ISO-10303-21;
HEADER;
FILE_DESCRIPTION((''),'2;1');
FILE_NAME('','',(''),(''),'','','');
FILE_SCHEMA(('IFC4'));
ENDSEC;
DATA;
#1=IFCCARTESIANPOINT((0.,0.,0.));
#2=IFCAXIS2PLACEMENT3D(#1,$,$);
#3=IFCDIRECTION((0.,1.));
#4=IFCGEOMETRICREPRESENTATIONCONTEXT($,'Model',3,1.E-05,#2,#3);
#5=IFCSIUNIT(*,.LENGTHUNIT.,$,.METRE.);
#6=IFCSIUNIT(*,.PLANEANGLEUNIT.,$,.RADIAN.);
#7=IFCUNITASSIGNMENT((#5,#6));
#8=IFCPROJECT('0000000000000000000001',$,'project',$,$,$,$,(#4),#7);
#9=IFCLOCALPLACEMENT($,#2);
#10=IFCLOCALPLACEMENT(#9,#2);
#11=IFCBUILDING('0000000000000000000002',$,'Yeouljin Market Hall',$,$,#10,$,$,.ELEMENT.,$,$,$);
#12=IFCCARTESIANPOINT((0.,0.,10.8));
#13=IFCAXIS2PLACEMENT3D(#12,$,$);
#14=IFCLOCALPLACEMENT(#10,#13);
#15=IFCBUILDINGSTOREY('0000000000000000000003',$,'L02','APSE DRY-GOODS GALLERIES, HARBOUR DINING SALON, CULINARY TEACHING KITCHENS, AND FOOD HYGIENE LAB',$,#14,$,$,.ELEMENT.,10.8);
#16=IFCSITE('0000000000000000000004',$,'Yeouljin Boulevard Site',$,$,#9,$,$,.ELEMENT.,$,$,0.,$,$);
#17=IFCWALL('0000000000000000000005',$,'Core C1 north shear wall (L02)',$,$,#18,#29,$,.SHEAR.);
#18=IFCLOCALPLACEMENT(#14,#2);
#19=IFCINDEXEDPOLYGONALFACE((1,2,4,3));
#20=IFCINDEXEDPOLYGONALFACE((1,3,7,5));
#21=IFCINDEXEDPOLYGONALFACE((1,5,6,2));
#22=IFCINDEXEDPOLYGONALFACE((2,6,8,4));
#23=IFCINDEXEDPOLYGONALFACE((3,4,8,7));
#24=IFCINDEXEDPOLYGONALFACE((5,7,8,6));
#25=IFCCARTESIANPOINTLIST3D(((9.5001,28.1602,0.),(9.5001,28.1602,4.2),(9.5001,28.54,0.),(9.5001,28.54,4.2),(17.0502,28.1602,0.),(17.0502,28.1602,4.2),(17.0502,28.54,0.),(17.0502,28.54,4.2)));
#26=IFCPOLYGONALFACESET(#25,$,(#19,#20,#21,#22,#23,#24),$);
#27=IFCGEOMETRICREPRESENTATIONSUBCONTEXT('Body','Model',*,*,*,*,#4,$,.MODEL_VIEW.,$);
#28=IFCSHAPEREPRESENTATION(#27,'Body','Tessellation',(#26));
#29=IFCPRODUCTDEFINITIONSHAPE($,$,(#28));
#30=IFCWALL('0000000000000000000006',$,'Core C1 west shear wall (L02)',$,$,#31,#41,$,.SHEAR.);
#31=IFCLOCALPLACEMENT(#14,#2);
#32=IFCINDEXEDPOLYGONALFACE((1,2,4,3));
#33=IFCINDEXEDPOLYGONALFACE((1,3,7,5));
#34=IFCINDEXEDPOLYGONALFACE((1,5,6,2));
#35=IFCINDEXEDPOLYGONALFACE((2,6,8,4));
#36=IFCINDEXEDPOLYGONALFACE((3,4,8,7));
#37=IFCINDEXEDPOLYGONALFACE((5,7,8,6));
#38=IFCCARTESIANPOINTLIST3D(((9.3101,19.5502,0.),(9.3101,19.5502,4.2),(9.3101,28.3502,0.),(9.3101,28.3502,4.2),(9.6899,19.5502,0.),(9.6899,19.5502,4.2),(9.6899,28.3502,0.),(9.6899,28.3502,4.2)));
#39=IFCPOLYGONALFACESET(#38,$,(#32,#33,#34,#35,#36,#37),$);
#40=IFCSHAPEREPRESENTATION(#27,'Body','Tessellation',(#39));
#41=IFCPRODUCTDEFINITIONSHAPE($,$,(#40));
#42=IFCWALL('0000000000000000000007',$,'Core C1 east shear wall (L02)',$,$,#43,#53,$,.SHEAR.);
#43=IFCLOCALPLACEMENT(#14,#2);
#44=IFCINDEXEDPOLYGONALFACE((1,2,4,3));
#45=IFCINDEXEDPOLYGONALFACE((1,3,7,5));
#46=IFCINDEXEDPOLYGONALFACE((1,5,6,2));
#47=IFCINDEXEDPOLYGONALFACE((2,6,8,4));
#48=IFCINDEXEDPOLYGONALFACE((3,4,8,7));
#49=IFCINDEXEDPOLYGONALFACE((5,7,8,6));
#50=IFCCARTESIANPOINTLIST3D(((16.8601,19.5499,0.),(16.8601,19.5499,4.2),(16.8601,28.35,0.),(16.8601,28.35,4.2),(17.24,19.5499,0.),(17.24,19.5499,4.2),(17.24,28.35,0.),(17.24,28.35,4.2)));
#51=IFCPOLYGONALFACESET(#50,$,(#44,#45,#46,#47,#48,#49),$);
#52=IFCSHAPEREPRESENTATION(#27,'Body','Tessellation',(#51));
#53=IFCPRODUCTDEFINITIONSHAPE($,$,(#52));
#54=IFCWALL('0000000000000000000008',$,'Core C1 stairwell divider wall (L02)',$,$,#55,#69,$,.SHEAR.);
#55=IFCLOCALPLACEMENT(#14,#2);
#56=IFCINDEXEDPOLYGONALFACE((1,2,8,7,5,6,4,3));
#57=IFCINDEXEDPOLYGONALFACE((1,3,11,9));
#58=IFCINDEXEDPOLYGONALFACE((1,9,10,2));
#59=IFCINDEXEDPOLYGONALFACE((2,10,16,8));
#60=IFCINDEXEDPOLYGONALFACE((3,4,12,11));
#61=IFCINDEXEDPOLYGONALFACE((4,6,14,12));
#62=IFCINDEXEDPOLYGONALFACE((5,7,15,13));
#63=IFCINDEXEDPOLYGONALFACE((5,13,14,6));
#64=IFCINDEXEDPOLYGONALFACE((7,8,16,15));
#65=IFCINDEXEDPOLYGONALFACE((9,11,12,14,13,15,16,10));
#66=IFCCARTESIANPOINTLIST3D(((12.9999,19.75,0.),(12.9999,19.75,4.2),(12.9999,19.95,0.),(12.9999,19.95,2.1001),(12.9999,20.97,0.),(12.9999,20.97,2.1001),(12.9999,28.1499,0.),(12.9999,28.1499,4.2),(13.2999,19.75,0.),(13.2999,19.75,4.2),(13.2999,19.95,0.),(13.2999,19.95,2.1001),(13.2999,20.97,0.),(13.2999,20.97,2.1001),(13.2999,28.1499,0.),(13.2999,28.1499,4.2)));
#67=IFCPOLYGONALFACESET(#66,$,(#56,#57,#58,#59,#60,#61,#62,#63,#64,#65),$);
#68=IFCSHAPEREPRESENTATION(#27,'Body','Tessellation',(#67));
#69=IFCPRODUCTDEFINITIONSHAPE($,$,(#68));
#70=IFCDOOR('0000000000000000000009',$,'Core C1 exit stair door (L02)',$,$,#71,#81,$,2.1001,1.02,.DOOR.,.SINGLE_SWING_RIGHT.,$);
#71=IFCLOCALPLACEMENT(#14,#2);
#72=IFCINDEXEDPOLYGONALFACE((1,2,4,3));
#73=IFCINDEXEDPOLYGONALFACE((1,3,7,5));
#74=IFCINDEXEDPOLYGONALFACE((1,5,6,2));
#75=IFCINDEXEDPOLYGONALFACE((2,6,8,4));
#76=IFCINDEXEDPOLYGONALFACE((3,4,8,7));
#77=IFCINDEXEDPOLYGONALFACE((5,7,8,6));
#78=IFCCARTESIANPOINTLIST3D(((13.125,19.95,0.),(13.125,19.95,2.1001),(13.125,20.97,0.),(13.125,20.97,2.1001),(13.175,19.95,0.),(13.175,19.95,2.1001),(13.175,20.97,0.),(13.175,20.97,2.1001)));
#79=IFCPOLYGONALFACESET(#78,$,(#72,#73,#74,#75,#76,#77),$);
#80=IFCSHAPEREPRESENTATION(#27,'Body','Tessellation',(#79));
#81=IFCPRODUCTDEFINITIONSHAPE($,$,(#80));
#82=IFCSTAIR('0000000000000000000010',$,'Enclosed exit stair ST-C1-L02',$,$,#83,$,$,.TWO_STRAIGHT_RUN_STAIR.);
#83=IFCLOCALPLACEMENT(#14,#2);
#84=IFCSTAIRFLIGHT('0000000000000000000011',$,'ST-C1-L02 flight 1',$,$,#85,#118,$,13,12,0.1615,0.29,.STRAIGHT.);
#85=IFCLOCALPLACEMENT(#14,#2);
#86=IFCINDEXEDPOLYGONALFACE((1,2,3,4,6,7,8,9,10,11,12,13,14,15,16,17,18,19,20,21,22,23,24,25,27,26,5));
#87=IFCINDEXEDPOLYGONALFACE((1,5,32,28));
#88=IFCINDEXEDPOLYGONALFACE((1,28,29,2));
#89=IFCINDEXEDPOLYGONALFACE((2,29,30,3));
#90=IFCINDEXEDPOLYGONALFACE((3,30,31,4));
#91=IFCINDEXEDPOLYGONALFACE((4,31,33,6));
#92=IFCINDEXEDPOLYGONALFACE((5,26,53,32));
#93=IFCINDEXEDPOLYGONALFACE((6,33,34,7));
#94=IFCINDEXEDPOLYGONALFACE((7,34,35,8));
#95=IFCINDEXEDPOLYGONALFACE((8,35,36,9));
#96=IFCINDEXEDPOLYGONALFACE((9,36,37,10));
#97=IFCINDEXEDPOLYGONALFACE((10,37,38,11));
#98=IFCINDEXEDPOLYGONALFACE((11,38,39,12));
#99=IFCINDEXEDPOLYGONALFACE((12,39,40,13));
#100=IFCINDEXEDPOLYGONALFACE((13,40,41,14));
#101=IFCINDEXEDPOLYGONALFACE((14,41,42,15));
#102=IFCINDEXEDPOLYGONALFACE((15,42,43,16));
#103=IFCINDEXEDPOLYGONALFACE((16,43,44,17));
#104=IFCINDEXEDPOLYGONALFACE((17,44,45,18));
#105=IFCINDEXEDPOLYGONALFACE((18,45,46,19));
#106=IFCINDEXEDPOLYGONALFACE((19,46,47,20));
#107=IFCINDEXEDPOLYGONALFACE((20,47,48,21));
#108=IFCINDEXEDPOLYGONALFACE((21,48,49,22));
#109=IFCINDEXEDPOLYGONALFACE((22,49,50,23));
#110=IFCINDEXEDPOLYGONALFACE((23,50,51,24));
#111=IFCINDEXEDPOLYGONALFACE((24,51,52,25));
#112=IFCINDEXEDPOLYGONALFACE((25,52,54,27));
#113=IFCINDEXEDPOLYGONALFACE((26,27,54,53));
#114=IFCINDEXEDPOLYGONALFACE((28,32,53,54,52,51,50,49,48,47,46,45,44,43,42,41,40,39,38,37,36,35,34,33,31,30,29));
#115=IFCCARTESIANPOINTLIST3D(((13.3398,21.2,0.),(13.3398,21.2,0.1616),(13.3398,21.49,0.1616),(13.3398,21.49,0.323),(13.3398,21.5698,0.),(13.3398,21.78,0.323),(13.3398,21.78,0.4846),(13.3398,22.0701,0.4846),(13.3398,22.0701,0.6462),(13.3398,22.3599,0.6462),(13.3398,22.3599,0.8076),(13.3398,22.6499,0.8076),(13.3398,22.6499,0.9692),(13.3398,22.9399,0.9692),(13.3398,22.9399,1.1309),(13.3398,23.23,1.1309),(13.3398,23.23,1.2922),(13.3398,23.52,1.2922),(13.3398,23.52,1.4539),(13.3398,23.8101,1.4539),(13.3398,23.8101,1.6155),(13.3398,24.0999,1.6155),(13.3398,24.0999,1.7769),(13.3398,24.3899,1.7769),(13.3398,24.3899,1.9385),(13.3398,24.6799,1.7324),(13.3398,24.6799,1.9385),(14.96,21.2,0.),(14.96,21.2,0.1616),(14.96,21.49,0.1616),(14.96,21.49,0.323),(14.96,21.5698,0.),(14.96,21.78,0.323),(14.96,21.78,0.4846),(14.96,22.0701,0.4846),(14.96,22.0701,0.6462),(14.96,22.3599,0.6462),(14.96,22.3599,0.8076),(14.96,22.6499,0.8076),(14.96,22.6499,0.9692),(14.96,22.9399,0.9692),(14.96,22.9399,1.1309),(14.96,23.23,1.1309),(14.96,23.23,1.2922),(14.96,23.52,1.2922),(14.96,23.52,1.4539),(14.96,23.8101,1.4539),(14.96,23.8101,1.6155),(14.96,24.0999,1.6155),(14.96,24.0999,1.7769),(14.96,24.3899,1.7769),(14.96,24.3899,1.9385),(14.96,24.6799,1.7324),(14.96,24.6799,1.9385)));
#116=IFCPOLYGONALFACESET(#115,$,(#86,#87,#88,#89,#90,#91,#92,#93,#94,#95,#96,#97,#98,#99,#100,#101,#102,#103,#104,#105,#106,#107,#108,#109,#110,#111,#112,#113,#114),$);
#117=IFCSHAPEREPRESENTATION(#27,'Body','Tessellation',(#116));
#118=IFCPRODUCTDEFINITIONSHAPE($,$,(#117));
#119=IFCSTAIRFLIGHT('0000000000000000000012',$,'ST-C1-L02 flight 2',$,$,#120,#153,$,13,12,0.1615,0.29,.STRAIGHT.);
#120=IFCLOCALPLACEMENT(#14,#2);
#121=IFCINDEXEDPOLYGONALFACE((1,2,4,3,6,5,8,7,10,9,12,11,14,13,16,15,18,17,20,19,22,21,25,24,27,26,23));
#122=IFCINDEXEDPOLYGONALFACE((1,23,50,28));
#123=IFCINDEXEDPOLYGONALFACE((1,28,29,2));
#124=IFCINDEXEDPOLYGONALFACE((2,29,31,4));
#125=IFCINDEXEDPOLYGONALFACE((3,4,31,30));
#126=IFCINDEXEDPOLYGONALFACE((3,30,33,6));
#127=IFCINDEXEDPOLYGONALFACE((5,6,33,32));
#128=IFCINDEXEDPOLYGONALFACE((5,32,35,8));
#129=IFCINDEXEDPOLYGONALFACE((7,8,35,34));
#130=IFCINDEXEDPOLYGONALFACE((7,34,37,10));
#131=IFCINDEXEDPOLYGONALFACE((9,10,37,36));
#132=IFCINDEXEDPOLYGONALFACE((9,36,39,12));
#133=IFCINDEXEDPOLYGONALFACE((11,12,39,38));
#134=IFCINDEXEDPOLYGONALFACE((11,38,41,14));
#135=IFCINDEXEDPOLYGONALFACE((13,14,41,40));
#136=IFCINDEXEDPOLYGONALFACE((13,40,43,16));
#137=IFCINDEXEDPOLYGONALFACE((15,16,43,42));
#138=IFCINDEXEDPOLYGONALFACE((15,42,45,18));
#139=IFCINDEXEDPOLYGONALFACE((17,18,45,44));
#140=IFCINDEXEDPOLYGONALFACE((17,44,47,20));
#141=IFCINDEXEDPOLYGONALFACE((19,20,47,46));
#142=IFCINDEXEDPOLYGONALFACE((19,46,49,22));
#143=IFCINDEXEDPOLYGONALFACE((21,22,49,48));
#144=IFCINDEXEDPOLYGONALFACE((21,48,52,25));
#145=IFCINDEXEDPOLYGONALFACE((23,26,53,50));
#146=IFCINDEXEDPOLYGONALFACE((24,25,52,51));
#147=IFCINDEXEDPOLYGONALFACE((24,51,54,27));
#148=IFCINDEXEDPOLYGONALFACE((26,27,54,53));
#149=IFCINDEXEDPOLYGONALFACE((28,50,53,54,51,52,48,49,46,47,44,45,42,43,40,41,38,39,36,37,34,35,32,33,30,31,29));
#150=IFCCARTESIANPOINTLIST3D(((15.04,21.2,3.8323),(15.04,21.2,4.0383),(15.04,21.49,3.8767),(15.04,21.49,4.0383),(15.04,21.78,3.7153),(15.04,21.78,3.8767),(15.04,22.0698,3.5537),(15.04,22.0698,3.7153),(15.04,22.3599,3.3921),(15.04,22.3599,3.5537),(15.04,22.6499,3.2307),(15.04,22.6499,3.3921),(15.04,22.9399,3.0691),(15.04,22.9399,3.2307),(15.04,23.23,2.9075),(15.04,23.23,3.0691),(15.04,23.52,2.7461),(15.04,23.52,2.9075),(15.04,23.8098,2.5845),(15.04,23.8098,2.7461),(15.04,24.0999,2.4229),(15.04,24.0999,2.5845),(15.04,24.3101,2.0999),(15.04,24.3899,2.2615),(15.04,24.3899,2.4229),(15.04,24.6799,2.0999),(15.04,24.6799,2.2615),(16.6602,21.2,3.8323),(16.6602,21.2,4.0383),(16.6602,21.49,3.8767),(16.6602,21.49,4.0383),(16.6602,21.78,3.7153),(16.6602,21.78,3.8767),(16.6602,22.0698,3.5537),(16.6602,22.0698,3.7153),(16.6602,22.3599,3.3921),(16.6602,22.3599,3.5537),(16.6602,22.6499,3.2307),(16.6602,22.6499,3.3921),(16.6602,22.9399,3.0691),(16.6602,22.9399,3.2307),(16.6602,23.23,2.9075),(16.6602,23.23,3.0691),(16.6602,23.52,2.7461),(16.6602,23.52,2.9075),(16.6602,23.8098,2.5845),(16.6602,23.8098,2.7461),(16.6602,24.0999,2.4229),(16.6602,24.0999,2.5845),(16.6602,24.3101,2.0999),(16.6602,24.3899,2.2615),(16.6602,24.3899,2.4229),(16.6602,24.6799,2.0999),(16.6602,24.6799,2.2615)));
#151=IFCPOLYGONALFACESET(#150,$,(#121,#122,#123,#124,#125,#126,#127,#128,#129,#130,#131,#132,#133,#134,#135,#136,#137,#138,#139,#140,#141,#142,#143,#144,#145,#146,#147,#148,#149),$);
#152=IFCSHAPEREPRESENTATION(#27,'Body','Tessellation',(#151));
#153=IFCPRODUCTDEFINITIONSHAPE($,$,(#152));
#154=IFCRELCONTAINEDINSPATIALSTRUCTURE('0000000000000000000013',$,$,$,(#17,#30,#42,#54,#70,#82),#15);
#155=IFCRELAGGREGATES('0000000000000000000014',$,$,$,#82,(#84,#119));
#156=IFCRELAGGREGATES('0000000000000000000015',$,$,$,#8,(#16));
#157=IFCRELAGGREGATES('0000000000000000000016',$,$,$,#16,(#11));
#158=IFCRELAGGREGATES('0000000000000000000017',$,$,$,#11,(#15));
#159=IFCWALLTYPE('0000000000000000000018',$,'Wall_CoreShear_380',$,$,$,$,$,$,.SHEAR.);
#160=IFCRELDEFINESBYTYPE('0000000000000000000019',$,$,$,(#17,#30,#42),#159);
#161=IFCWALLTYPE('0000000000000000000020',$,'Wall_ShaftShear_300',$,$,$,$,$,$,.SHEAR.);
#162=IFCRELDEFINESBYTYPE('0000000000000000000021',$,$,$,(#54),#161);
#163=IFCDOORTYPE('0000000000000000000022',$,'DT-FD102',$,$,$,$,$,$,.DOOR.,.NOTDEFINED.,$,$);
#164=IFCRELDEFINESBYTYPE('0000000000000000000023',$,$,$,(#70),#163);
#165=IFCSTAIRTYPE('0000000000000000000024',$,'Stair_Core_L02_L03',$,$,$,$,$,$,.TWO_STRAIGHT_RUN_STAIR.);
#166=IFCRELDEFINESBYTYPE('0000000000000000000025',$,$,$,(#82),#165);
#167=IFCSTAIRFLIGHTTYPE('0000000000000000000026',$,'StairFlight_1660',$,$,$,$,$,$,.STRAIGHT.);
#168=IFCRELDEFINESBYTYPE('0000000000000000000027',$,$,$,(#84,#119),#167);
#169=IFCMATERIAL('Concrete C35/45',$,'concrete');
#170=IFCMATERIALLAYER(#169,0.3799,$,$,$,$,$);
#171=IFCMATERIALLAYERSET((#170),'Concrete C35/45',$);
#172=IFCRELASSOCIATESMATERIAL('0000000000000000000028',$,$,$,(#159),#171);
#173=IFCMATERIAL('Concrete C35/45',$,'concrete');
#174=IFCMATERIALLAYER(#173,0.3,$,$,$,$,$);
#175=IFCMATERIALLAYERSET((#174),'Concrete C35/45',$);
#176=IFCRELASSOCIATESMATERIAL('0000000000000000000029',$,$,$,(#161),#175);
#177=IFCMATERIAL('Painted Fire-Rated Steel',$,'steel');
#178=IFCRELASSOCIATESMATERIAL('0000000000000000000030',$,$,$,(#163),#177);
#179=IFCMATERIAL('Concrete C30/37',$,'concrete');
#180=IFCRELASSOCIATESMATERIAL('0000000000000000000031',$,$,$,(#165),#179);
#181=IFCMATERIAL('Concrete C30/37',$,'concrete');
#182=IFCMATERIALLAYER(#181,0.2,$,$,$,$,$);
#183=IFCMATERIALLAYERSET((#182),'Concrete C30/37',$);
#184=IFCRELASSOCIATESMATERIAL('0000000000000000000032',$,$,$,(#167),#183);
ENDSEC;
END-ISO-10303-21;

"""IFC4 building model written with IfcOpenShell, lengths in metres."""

from ifc_helpers import new_model, si_unit, direction, frame, frame_2d, origin, place, context, subcontext, project, spatial, polyline, rectangle, outline, extrude, material, layer, layer_set, type_object, element, fill, aggregate, save


model = new_model("IFC4")

# Units and contexts
model_context = context("Model", 3, precision=1e-05, world=origin(), true_north=direction((0.0, 1.0)))
body_context = subcontext(model_context, "Body", "Model", "MODEL_VIEW")
ifc_project = project(units=[si_unit("LENGTHUNIT", "METRE"), si_unit("PLANEANGLEUNIT", "RADIAN")], contexts=[model_context])

# Site, building, storey
site_placement = place(None, origin())
site = spatial("IfcSite", under=ifc_project, at=site_placement, Name="Yeouljin Boulevard Site", CompositionType="ELEMENT", RefElevation=0.0)
building_placement = place(site_placement, origin())
building = spatial("IfcBuilding", under=site, at=building_placement, Name="Yeouljin Market Hall", CompositionType="ELEMENT")
storey_placement = place(building_placement, frame((0.0, 0.0, 10.8)))
storey = spatial("IfcBuildingStorey", under=building, at=storey_placement, Name="L02", Description="APSE DRY-GOODS GALLERIES, HARBOUR DINING SALON, CULINARY TEACHING KITCHENS, AND FOOD HYGIENE LAB", CompositionType="ELEMENT", Elevation=10.8)

# Walls
ifc_material_1 = material(Name="Concrete C35/45", Category="concrete")
ifc_layer_1 = layer(ifc_material_1, 0.3799)
ifc_layer_set_1 = layer_set([ifc_layer_1], Name="Concrete C35/45")
wall_type_1 = type_object("IfcWallType", Name="Wall_CoreShear_380", PredefinedType="SHEAR", material=ifc_layer_set_1)
wall_1_placement = place(storey_placement, frame((17.05, 28.3501, 0.0), z_axis=(0.0, 0.0, 1.0), x_axis=(-1.0, 0.0, 0.0)))
element("IfcWall", 1, at=wall_1_placement, inside=storey, type_object=wall_type_1, Name="Core C1 north shear wall (L02)", PredefinedType="SHEAR", context=body_context, shape_type="SweptSolid", body=[
    extrude(rectangle(XDim=7.55, YDim=0.3799, at=frame_2d((3.7749, 0.0))), origin(), (0.0, 0.0, 1.0), 4.2),
])
for number, where, z_axis, x_axis, name in (
    (2, (9.5, 28.3501, 0.0), (0.0, 0.0, 1.0), (0.0, -1.0, 0.0), "Core C1 west shear wall (L02)"),
    (3, (17.05, 19.55, 0.0), (0.0, 0.0, 1.0), (0.0, 1.0, 0.0), "Core C1 east shear wall (L02)"),
):
    element("IfcWall", number, at=place(storey_placement, frame(where, z_axis=z_axis, x_axis=x_axis)), inside=storey, type_object=wall_type_1, Name=name, PredefinedType="SHEAR", context=body_context, shape_type="SweptSolid", body=[
        extrude(rectangle(XDim=8.8, YDim=0.3799, at=frame_2d((4.3999, 0.0))), origin(), (0.0, 0.0, 1.0), 4.2),
    ])

# Wall, opening, door
ifc_material_2 = material(Name="Concrete C35/45", Category="concrete")
ifc_layer_2 = layer(ifc_material_2, 0.3)
ifc_layer_set_2 = layer_set([ifc_layer_2], Name="Concrete C35/45")
wall_type_2 = type_object("IfcWallType", Name="Wall_ShaftShear_300", PredefinedType="SHEAR", material=ifc_layer_set_2)
wall_2_placement = place(storey_placement, frame((13.1499, 19.75, 0.0), z_axis=(0.0, 0.0, 1.0), x_axis=(0.0, 1.0, 0.0)))
wall_2 = element("IfcWall", 4, at=wall_2_placement, inside=storey, type_object=wall_type_2, Name="Core C1 stairwell divider wall (L02)", PredefinedType="SHEAR", context=body_context, shape_type="SweptSolid", body=[
    extrude(rectangle(XDim=8.3999, YDim=0.3, at=frame_2d((4.2, 0.0))), origin(), (0.0, 0.0, 1.0), 4.2),
])
opening_1_placement = place(wall_2_placement, frame((0.2, 0.0, 0.0)))
opening_1 = element("IfcOpeningElement", 5, at=opening_1_placement, cuts=wall_2, PredefinedType="OPENING", context=body_context, shape_type="SweptSolid", body=[
    extrude(rectangle(XDim=1.02, YDim=2.1001, at=frame_2d((0.51, 1.05))), frame((0.0, 0.1599, 0.0), z_axis=(0.0, -1.0, 0.0), x_axis=(1.0, 0.0, 0.0)), (0.0, 0.0, 1.0), 0.3201),
])
ifc_material_3 = material(Name="Painted Fire-Rated Steel", Category="steel")
door_type_1 = type_object("IfcDoorType", Name="DT-FD102", OperationType="NOTDEFINED", PredefinedType="DOOR", material=ifc_material_3)
door_1_placement = place(opening_1_placement, origin())
door_1 = element("IfcDoor", 6, at=door_1_placement, inside=storey, type_object=door_type_1, Name="Core C1 exit stair door (L02)", OperationType="SINGLE_SWING_RIGHT", OverallHeight=2.1001, OverallWidth=1.02, PredefinedType="DOOR", context=body_context, shape_type="SweptSolid", body=[
    extrude(rectangle(XDim=1.02, YDim=2.1001, at=frame_2d((0.51, 1.05))), frame((0.0, 0.0249, 0.0), z_axis=(0.0, -1.0, 0.0), x_axis=(1.0, 0.0, 0.0)), (0.0, 0.0, 1.0), 0.05),
])
fill(opening_1, door_1)

# Stair, stair flights
ifc_material_4 = material(Name="Concrete C30/37", Category="concrete")
stair_type = type_object("IfcStairType", Name="Stair_Core_L02_L03", PredefinedType="TWO_STRAIGHT_RUN_STAIR", material=ifc_material_4)
stair_placement = place(storey_placement, origin())
stair = element("IfcStair", 7, at=stair_placement, inside=storey, type_object=stair_type, Name="Enclosed exit stair ST-C1-L02", PredefinedType="TWO_STRAIGHT_RUN_STAIR")
ifc_material_5 = material(Name="Concrete C30/37", Category="concrete")
ifc_layer_3 = layer(ifc_material_5, 0.2)
ifc_layer_set_3 = layer_set([ifc_layer_3], Name="Concrete C30/37")
stair_flight_type = type_object("IfcStairFlightType", Name="StairFlight_1660", PredefinedType="STRAIGHT", material=ifc_layer_set_3)
stair_flight_1_placement = place(storey_placement, frame((14.1499, 21.2, 0.0), z_axis=(0.0, 0.0, 1.0), x_axis=(0.0, 1.0, 0.0)))
stair_flight_1 = element("IfcStairFlight", 8, at=stair_flight_1_placement, type_object=stair_flight_type, Name="ST-C1-L02 flight 1", NumberOfRisers=13, NumberOfTreads=12, PredefinedType="STRAIGHT", RiserHeight=0.1615, TreadLength=0.29, context=body_context, shape_type="SweptSolid", body=[
    extrude(outline(polyline([(0.0, 0.0), (0.0, 0.1616), (0.29, 0.1616), (0.29, 0.323), (0.5801, 0.323), (0.5801, 0.4846), (0.8701, 0.4846), (0.8701, 0.6462), (1.1599, 0.6462), (1.1599, 0.8076), (1.45, 0.8076), (1.45, 0.9692), (1.74, 0.9692), (1.74, 1.1309), (2.03, 1.1309), (2.03, 1.2922), (2.3201, 1.2922), (2.3201, 1.4539), (2.6101, 1.4539), (2.6101, 1.6155), (2.8999, 1.6155), (2.8999, 1.7769), (3.1899, 1.7769), (3.1899, 1.9385), (3.48, 1.9385), (3.48, 2.1001), (3.48, 1.7324), (0.3699, 0.0), (0.0, 0.0)])), frame((0.0, 0.8101, 0.0), z_axis=(0.0, -1.0, 0.0), x_axis=(1.0, 0.0, 0.0)), (0.0, 0.0, 1.0), 1.6201),
])
stair_flight_2_placement = place(storey_placement, frame((15.8501, 24.6799, 2.0999), z_axis=(0.0, 0.0, 1.0), x_axis=(0.0, -1.0, 0.0)))
stair_flight_2 = element("IfcStairFlight", 9, at=stair_flight_2_placement, type_object=stair_flight_type, Name="ST-C1-L02 flight 2", NumberOfRisers=13, NumberOfTreads=12, PredefinedType="STRAIGHT", RiserHeight=0.1615, TreadLength=0.29, context=body_context, shape_type="SweptSolid", body=[
    extrude(outline(polyline([(0.0, 0.0), (0.0, 0.1616), (0.29, 0.1616), (0.29, 0.323), (0.5801, 0.323), (0.5801, 0.4846), (0.8701, 0.4846), (0.8701, 0.6462), (1.1599, 0.6462), (1.1599, 0.8076), (1.45, 0.8076), (1.45, 0.9692), (1.74, 0.9692), (1.74, 1.1309), (2.03, 1.1309), (2.03, 1.2922), (2.3201, 1.2922), (2.3201, 1.4539), (2.6101, 1.4539), (2.6101, 1.6155), (2.8999, 1.6155), (2.8999, 1.7769), (3.1899, 1.7769), (3.1899, 1.9385), (3.48, 1.9385), (3.48, 2.1001), (3.48, 1.7324), (0.3699, 0.0), (0.0, 0.0)])), frame((0.0, 0.8101, 0.0), z_axis=(0.0, -1.0, 0.0), x_axis=(1.0, 0.0, 0.0)), (0.0, 0.0, 1.0), 1.6201),
])
aggregate(stair, [stair_flight_1, stair_flight_2])

save(model, "model.ifc")
